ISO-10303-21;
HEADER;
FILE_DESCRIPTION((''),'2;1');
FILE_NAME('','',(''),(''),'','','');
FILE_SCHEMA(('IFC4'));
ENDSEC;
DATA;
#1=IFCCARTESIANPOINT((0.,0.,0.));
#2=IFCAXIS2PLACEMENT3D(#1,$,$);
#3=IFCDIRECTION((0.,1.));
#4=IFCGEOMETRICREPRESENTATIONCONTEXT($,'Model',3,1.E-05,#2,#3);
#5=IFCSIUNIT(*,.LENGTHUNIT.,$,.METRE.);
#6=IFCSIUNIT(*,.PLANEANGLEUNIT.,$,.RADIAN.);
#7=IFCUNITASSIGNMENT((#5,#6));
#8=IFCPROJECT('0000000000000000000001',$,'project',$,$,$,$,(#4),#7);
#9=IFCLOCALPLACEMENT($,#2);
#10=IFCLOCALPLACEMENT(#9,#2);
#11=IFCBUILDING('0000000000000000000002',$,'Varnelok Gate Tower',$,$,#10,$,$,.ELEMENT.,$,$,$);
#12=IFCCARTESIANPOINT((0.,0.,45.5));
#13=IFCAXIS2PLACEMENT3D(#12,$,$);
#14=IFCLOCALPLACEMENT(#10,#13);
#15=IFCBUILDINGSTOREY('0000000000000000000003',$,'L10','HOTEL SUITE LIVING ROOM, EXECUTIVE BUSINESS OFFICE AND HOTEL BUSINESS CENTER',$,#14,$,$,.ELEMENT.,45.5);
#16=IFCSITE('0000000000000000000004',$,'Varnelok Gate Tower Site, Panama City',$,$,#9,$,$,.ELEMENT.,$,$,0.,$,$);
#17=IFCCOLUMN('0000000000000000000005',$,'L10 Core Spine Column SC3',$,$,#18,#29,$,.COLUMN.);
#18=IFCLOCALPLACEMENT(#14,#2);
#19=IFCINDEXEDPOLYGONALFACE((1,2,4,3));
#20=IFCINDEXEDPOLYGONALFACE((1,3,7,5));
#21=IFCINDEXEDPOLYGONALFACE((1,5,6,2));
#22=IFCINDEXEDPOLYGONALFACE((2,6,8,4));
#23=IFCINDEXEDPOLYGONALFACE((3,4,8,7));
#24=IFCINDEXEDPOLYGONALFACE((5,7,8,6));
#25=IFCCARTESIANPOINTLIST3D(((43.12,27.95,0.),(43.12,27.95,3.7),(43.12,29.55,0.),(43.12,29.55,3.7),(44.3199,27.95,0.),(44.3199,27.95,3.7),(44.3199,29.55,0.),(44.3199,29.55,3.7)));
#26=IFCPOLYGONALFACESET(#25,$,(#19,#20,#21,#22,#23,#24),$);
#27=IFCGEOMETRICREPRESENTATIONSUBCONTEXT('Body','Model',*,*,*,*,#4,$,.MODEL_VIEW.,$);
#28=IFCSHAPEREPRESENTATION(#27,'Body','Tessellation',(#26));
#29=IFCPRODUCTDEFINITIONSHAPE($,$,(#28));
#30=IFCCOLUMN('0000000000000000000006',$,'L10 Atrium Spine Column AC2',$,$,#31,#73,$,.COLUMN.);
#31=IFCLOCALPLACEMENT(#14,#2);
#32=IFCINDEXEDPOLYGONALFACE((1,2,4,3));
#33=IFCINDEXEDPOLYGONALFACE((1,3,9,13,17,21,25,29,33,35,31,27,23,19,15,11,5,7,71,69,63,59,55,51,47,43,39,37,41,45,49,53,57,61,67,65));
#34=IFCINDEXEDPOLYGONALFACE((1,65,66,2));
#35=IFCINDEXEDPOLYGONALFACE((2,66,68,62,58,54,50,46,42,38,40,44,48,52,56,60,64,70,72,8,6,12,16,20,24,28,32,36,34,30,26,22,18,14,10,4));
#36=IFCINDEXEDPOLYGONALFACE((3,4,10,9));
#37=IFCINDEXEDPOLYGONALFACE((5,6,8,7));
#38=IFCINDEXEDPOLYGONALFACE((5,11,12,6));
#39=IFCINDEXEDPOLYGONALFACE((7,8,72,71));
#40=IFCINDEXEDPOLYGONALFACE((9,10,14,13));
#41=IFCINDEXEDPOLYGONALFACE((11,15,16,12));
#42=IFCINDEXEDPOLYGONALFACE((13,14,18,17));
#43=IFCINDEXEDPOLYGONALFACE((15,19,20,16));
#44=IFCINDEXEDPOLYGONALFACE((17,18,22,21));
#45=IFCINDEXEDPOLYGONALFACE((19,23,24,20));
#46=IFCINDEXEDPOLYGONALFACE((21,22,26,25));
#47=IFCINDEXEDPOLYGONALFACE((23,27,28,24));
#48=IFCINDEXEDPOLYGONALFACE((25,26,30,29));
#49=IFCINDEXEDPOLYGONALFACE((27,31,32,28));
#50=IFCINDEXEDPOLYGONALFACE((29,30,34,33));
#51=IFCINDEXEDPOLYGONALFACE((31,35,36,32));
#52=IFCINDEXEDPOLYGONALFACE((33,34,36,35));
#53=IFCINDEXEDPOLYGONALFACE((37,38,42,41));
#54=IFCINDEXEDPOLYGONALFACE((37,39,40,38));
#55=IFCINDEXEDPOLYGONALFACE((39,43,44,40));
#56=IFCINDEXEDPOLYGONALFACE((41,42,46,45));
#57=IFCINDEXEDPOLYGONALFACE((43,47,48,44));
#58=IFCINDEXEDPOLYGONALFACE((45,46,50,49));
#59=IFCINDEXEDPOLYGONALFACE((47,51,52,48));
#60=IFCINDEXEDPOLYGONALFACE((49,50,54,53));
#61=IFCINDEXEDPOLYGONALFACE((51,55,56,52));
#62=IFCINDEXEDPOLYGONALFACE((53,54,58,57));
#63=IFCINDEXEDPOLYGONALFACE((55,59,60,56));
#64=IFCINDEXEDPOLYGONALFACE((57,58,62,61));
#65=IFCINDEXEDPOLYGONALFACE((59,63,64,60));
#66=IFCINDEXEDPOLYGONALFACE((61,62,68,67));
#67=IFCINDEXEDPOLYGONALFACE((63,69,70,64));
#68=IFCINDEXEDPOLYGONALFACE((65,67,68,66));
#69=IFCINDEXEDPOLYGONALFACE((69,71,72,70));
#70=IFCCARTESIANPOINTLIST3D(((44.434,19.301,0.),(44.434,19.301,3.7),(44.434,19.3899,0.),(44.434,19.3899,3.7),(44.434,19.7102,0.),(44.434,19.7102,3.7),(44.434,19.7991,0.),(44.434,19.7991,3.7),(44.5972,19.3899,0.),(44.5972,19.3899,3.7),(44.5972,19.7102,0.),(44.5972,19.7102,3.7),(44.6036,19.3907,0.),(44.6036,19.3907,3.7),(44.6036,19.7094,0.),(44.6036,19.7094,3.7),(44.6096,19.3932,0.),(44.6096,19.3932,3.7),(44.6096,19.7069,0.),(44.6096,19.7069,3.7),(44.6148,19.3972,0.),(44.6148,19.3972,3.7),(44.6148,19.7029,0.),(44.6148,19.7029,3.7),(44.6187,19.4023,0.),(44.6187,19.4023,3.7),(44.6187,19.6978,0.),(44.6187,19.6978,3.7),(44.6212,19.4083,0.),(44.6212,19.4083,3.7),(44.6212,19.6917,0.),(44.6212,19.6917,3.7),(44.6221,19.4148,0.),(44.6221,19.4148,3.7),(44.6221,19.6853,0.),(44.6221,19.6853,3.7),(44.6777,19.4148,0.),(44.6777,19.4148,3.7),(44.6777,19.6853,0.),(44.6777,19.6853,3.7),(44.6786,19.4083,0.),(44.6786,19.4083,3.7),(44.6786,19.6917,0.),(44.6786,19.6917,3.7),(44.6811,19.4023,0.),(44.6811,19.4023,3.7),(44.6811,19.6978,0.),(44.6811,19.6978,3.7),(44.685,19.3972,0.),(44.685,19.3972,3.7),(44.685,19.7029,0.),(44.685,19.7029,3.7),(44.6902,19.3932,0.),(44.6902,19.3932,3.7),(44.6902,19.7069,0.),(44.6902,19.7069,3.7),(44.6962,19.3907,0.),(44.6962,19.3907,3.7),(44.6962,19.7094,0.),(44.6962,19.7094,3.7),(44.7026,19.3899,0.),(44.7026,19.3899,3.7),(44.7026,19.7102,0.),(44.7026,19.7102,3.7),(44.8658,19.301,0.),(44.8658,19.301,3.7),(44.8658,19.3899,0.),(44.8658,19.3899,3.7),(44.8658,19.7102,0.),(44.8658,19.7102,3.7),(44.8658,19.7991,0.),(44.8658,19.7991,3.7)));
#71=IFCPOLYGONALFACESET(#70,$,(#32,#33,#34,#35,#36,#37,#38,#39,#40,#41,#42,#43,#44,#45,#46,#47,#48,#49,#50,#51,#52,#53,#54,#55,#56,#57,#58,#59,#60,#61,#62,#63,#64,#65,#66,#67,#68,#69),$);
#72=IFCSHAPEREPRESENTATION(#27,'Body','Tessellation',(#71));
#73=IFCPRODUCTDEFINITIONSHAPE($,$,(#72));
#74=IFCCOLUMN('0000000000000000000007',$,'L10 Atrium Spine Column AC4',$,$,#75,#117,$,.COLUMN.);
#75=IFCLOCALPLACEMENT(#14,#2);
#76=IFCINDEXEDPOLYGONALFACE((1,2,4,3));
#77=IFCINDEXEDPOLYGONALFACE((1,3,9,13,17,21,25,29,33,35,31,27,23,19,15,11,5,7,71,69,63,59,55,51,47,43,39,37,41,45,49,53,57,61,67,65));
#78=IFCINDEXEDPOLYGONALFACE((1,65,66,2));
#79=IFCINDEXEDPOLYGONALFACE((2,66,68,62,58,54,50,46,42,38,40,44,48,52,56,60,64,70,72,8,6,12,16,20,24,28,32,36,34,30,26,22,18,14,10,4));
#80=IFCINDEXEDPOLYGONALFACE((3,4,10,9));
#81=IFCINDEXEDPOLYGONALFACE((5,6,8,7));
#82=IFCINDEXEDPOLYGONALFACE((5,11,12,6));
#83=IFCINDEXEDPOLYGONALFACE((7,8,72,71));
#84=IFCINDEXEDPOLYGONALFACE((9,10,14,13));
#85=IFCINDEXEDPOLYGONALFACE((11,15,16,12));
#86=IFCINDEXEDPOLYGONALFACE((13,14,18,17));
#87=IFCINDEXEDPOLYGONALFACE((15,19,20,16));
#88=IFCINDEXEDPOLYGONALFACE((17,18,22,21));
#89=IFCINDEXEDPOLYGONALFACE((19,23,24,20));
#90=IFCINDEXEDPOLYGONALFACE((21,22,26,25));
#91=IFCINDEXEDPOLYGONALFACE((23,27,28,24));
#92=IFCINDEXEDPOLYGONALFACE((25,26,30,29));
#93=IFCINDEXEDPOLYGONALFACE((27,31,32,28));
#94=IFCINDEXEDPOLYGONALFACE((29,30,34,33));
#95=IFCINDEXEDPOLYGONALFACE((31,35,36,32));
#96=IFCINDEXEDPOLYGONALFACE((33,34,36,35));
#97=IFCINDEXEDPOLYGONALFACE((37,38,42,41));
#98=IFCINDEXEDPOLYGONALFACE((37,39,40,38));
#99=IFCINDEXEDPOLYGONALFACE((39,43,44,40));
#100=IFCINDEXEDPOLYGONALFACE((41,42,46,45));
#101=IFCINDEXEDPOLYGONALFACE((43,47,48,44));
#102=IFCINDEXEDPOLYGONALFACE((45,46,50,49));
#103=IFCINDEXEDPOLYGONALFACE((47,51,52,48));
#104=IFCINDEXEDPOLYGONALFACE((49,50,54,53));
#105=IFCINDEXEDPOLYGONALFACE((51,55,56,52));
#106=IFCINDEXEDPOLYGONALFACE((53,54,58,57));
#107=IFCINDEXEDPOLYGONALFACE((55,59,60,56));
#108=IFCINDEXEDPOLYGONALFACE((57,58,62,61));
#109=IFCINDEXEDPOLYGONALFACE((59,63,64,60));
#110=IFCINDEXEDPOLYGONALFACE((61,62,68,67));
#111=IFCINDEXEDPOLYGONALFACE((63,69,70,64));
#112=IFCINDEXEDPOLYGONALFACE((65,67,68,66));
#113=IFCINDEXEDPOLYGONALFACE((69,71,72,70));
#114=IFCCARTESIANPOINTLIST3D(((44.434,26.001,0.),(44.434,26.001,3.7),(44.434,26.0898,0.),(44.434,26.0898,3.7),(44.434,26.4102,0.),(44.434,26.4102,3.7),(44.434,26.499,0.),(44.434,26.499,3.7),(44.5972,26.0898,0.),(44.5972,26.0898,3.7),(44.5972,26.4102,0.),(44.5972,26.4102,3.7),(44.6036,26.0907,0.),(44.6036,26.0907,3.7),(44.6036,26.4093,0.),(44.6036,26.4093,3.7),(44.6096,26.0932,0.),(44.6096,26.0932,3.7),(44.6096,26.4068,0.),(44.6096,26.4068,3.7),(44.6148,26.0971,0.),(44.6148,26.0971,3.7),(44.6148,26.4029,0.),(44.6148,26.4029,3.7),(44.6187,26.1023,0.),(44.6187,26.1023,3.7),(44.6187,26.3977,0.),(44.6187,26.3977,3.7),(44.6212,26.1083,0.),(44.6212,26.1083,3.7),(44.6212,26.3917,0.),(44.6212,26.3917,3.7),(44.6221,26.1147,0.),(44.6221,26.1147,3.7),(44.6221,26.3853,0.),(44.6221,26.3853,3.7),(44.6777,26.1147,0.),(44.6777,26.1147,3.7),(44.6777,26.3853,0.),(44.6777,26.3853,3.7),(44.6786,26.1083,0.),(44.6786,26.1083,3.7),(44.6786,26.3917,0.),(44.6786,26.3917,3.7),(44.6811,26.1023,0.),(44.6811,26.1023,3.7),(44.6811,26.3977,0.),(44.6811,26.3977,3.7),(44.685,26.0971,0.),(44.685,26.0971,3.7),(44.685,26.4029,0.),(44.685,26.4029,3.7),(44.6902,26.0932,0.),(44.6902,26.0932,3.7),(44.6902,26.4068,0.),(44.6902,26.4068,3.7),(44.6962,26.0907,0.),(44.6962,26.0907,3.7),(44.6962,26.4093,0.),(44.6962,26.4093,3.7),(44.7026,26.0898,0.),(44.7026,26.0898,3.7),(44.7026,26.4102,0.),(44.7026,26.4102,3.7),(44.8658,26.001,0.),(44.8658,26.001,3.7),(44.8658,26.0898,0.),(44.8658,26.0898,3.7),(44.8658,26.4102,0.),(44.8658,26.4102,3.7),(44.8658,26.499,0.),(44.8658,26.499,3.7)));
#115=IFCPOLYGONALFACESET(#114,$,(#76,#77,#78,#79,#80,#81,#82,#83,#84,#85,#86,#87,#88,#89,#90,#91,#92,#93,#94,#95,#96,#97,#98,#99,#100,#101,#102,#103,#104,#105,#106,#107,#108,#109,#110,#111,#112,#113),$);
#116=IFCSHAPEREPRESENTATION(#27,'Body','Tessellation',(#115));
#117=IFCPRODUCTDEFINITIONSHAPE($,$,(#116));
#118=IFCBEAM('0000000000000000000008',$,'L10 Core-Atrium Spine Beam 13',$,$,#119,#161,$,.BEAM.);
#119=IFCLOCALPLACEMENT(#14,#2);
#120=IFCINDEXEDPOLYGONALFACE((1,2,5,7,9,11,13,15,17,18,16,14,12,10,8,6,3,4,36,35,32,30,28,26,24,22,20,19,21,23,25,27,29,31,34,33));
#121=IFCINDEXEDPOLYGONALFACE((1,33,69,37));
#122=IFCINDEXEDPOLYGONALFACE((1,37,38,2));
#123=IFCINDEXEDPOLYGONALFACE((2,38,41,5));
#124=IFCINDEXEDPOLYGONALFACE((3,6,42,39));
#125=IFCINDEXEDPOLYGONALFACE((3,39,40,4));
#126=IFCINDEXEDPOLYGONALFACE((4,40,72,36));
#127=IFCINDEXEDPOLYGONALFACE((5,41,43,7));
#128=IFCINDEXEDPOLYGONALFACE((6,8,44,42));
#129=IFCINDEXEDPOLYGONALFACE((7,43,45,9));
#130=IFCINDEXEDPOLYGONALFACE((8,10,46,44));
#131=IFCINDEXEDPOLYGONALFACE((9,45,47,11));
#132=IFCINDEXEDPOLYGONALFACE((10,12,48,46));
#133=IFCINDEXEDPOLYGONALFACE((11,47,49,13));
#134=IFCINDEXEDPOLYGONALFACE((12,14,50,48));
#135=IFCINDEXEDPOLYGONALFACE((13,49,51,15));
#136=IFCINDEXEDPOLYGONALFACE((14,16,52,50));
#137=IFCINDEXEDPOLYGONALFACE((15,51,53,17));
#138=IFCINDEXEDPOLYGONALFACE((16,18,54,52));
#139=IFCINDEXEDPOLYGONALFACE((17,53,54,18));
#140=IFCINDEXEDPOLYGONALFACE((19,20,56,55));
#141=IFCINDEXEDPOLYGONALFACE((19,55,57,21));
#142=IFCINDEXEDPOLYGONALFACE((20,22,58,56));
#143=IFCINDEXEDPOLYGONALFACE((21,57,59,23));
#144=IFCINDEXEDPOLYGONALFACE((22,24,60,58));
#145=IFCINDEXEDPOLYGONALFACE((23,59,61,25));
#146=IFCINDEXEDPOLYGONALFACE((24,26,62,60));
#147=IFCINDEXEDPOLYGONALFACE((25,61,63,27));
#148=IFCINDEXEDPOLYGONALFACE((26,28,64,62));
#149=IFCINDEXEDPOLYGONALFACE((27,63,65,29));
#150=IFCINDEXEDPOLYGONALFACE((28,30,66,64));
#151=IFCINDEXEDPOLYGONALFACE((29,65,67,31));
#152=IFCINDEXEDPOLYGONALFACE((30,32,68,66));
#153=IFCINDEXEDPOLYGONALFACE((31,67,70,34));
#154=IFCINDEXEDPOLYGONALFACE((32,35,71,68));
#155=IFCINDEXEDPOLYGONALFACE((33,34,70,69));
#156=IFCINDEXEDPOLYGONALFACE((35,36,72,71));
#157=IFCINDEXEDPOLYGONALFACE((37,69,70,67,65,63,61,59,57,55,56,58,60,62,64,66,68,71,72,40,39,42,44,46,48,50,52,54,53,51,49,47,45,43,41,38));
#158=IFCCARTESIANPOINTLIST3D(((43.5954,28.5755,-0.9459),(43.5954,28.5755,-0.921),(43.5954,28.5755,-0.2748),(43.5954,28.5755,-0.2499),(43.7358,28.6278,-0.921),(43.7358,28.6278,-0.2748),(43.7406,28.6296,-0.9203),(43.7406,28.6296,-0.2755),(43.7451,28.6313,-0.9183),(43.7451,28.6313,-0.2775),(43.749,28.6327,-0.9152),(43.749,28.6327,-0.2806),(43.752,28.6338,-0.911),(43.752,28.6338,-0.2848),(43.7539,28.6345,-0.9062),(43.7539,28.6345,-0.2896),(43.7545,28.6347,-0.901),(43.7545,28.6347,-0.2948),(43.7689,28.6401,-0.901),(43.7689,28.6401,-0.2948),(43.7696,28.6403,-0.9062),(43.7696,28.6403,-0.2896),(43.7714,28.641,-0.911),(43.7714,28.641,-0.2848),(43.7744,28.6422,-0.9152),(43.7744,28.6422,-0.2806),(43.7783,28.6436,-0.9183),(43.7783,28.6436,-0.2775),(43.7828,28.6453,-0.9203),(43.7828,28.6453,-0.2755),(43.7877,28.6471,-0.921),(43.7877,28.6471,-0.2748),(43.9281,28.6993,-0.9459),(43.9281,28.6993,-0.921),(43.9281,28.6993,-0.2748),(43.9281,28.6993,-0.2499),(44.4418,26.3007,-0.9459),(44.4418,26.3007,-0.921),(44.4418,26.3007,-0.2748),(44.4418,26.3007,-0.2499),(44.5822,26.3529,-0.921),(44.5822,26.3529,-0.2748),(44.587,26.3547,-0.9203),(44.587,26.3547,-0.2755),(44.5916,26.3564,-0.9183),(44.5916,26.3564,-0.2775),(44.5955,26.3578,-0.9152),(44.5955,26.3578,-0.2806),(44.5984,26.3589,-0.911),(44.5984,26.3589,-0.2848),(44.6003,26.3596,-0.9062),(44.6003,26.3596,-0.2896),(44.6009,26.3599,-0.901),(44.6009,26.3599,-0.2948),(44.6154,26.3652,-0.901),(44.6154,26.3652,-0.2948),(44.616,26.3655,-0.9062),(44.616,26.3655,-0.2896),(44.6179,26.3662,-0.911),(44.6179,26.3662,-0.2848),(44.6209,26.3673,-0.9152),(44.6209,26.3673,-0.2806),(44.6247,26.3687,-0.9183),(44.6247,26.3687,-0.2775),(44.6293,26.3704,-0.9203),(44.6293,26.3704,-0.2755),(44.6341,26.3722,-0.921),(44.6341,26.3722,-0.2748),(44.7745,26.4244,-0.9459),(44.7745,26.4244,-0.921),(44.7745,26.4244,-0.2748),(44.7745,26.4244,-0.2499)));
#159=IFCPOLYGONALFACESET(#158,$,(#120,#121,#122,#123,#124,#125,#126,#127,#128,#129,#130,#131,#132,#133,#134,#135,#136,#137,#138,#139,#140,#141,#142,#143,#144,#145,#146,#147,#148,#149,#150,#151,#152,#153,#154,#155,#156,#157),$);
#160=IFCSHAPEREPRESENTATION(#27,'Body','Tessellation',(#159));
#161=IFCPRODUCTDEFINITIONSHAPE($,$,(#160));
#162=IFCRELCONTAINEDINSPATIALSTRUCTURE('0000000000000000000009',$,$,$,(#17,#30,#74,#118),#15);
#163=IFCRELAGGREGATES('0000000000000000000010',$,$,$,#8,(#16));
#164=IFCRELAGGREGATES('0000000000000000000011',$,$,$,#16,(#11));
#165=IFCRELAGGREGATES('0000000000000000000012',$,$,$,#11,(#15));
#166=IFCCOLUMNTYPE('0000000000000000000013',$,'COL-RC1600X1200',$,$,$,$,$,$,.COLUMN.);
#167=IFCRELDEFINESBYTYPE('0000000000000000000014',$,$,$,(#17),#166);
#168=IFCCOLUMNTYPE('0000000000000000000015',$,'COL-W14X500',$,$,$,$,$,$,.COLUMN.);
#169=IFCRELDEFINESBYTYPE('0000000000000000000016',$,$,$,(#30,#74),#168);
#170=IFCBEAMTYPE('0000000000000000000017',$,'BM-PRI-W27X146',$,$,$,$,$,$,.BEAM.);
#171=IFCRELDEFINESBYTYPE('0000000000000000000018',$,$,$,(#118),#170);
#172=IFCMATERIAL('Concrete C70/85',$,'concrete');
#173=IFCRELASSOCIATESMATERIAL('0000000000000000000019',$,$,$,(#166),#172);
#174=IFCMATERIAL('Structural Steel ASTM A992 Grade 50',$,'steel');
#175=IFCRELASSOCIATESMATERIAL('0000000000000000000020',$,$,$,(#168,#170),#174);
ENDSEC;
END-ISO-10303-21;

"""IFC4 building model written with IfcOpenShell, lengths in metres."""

from ifc_helpers import new_model, si_unit, direction, frame, origin, origin_2d, place, context, subcontext, project, spatial, rectangle, i_section, extrude, material, material_profile, profile_set, type_object, element, save


model = new_model("IFC4")

# Units and contexts
model_context = context("Model", 3, precision=1e-05, world=origin(), true_north=direction((0.0, 1.0)))
body_context = subcontext(model_context, "Body", "Model", "MODEL_VIEW")
ifc_project = project(units=[si_unit("LENGTHUNIT", "METRE"), si_unit("PLANEANGLEUNIT", "RADIAN")], contexts=[model_context])

# Site, building, storey
site_placement = place(None, origin())
site = spatial("IfcSite", under=ifc_project, at=site_placement, Name="Varnelok Gate Tower Site, Panama City", CompositionType="ELEMENT", RefElevation=0.0)
building_placement = place(site_placement, origin())
building = spatial("IfcBuilding", under=site, at=building_placement, Name="Varnelok Gate Tower", CompositionType="ELEMENT")
storey_placement = place(building_placement, frame((0.0, 0.0, 45.5)))
storey = spatial("IfcBuildingStorey", under=building, at=storey_placement, Name="L10", Description="HOTEL SUITE LIVING ROOM, EXECUTIVE BUSINESS OFFICE AND HOTEL BUSINESS CENTER", CompositionType="ELEMENT", Elevation=45.5)

# Columns
ifc_material_1 = material(Name="Concrete C70/85", Category="concrete")
ifc_material_profile_1 = material_profile(ifc_material_1, rectangle(XDim=1.2, YDim=1.6001, at=origin_2d()), Name="RC1600X1200")
ifc_profile_set_1 = profile_set([ifc_material_profile_1], Name="Concrete C70/85")
column_type_1 = type_object("IfcColumnType", Name="COL-RC1600X1200", PredefinedType="COLUMN", material=ifc_profile_set_1)
column_placement = place(storey_placement, frame((43.72, 28.75, 0.0), z_axis=(0.0, 0.0, 1.0), x_axis=(1.0, 0.0, 0.0)))
element("IfcColumn", 1, at=column_placement, inside=storey, type_object=column_type_1, Name="L10 Core Spine Column SC3", PredefinedType="COLUMN", context=body_context, shape_type="SweptSolid", body=[
    extrude(rectangle(XDim=1.2, YDim=1.6001, at=origin_2d()), origin(), (0.0, 0.0, 1.0), 3.7),
])
ifc_material_2 = material(Name="Structural Steel ASTM A992 Grade 50", Category="steel")
ifc_material_profile_2 = material_profile(ifc_material_2, i_section(OverallWidth=0.4319, OverallDepth=0.498, WebThickness=0.0557, FlangeThickness=0.0889, FilletRadius=0.0249, at=origin_2d()), Name="W14X500")
ifc_profile_set_2 = profile_set([ifc_material_profile_2], Name="Structural Steel ASTM A992 Grade 50")
column_type_2 = type_object("IfcColumnType", Name="COL-W14X500", PredefinedType="COLUMN", material=ifc_profile_set_2)
for number, where, z_axis, x_axis, name in (
    (2, (44.6499, 19.55, 0.0), (0.0, 0.0, 1.0), (1.0, 0.0, 0.0), "L10 Atrium Spine Column AC2"),
    (3, (44.6499, 26.25, 0.0), (0.0, 0.0, 1.0), (1.0, 0.0, 0.0), "L10 Atrium Spine Column AC4"),
):
    element("IfcColumn", number, at=place(storey_placement, frame(where, z_axis=z_axis, x_axis=x_axis)), inside=storey, type_object=column_type_2, Name=name, PredefinedType="COLUMN", context=body_context, shape_type="SweptSolid", body=[
        extrude(i_section(OverallWidth=0.4319, OverallDepth=0.498, WebThickness=0.0557, FlangeThickness=0.0889, FilletRadius=0.0249, at=origin_2d()), origin(), (0.0, 0.0, 1.0), 3.7),
    ])

# Beam
ifc_material_profile_3 = material_profile(ifc_material_2, i_section(OverallWidth=0.355, OverallDepth=0.696, WebThickness=0.0154, FlangeThickness=0.0249, FilletRadius=0.02, at=origin_2d()), Name="W27X146")
ifc_profile_set_3 = profile_set([ifc_material_profile_3], Name="Structural Steel ASTM A992 Grade 50")
beam_type_1 = type_object("IfcBeamType", Name="BM-PRI-W27X146", PredefinedType="BEAM", material=ifc_profile_set_3)
beam_1_placement = place(storey_placement, frame((44.6082, 26.3625, -0.5979), z_axis=(-0.348719, 0.937227, 0.0), x_axis=(-0.937227, -0.348719, 0.0)))
element("IfcBeam", 4, at=beam_1_placement, inside=storey, type_object=beam_type_1, Name="L10 Core-Atrium Spine Beam 13", PredefinedType="BEAM", context=body_context, shape_type="SweptSolid", body=[
    extrude(i_section(OverallWidth=0.355, OverallDepth=0.696, WebThickness=0.0154, FlangeThickness=0.0249, FilletRadius=0.02, at=origin_2d()), origin(), (0.0, 0.0, 1.0), 2.4272),
])

save(model, "model.ifc")
